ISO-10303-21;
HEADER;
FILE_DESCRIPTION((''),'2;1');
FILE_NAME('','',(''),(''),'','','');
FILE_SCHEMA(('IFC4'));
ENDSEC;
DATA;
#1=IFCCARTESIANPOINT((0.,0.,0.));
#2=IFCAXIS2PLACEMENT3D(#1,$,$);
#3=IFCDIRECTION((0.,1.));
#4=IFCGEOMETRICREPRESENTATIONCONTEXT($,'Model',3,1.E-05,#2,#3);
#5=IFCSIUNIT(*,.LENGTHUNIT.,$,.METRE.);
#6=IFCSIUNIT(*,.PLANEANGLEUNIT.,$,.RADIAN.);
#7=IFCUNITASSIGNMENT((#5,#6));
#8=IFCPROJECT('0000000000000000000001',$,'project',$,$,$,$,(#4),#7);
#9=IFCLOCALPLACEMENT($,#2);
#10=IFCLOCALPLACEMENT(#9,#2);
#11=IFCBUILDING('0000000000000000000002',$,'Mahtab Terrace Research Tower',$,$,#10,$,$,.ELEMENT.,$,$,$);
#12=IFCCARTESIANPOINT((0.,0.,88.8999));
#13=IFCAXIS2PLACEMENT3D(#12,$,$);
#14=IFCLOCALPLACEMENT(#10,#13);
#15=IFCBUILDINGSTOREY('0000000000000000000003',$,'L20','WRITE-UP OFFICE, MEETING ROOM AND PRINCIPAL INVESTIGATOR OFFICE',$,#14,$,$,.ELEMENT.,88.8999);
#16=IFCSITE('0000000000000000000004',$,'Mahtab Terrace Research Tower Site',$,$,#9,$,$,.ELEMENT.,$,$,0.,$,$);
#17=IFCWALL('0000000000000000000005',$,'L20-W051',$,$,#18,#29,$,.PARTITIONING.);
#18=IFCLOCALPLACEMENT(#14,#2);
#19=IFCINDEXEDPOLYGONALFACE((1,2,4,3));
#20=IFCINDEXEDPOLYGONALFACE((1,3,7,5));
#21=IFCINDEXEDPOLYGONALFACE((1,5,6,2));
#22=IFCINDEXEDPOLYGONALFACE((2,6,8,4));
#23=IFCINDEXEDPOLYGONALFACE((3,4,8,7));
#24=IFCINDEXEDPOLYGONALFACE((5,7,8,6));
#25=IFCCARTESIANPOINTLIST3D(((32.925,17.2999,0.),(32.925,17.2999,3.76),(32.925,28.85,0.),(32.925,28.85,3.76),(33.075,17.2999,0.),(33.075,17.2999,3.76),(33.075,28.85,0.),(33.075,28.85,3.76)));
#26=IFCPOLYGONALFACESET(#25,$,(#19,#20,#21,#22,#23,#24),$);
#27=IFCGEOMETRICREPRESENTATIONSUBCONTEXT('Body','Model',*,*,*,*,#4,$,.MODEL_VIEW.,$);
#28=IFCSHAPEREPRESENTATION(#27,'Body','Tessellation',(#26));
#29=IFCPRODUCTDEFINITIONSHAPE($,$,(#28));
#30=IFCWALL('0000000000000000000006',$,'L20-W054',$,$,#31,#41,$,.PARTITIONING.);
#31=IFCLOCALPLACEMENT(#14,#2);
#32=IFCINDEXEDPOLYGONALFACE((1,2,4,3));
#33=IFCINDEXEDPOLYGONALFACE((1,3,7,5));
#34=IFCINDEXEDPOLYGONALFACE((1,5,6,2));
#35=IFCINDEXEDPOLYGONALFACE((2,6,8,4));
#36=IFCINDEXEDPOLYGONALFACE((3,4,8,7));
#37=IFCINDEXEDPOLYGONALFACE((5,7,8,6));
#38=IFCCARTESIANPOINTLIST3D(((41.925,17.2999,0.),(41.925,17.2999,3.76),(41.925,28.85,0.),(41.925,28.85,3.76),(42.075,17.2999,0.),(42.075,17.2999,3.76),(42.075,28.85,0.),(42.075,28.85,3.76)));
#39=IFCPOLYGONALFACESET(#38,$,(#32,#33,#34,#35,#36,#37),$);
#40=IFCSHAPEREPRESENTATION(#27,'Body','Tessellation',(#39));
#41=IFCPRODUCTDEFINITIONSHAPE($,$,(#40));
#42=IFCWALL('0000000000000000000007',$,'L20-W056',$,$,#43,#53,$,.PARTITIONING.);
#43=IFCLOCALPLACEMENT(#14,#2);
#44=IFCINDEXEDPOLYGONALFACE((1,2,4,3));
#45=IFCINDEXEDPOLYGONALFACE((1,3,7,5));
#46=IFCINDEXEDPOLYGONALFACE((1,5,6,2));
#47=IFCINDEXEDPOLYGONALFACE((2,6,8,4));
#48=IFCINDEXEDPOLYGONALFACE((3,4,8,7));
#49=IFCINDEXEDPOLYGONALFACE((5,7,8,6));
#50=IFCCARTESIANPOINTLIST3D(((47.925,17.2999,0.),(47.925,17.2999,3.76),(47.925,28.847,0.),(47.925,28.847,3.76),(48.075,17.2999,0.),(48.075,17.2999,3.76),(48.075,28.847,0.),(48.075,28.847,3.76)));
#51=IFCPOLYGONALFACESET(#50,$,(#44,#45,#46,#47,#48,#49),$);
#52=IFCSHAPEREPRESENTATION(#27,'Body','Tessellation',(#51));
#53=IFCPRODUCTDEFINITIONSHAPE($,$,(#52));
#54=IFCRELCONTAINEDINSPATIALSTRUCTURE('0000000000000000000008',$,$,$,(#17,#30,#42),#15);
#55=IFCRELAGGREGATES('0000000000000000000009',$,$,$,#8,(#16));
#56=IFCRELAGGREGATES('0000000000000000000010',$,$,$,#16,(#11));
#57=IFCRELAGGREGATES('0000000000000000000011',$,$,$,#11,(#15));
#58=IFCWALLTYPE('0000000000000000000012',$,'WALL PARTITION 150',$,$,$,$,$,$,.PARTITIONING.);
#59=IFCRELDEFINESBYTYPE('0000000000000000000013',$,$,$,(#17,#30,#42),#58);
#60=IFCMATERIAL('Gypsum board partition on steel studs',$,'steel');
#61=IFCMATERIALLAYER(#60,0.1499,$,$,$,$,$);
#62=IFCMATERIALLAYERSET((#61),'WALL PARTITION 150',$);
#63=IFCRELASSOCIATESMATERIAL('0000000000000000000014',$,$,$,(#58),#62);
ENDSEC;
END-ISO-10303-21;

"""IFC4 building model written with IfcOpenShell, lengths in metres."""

from ifc_helpers import new_model, si_unit, direction, frame, frame_2d, origin, place, context, subcontext, project, spatial, rectangle, extrude, material, layer, layer_set, type_object, element, save


model = new_model("IFC4")

# Units and contexts
model_context = context("Model", 3, precision=1e-05, world=origin(), true_north=direction((0.0, 1.0)))
body_context = subcontext(model_context, "Body", "Model", "MODEL_VIEW")
ifc_project = project(units=[si_unit("LENGTHUNIT", "METRE"), si_unit("PLANEANGLEUNIT", "RADIAN")], contexts=[model_context])

# Site, building, storey
site_placement = place(None, origin())
site = spatial("IfcSite", under=ifc_project, at=site_placement, Name="Mahtab Terrace Research Tower Site", CompositionType="ELEMENT", RefElevation=0.0)
building_placement = place(site_placement, origin())
building = spatial("IfcBuilding", under=site, at=building_placement, Name="Mahtab Terrace Research Tower", CompositionType="ELEMENT")
storey_placement = place(building_placement, frame((0.0, 0.0, 88.8999)))
storey = spatial("IfcBuildingStorey", under=building, at=storey_placement, Name="L20", Description="WRITE-UP OFFICE, MEETING ROOM AND PRINCIPAL INVESTIGATOR OFFICE", CompositionType="ELEMENT", Elevation=88.8999)

# Walls
ifc_material_1 = material(Name="Gypsum board partition on steel studs", Category="steel")
ifc_layer_1 = layer(ifc_material_1, 0.1499)
ifc_layer_set_1 = layer_set([ifc_layer_1], Name="WALL PARTITION 150")
wall_type_1 = type_object("IfcWallType", Name="WALL PARTITION 150", PredefinedType="PARTITIONING", material=ifc_layer_set_1)
for number, where, z_axis, x_axis, name in (
    (1, (33.0, 17.3, 0.0), (0.0, 0.0, 1.0), (0.0, 1.0, 0.0), "L20-W051"),
    (2, (42.0, 17.3, 0.0), (0.0, 0.0, 1.0), (0.0, 1.0, 0.0), "L20-W054"),
):
    element("IfcWall", number, at=place(storey_placement, frame(where, z_axis=z_axis, x_axis=x_axis)), inside=storey, type_object=wall_type_1, Name=name, PredefinedType="PARTITIONING", context=body_context, shape_type="SweptSolid", body=[
        extrude(rectangle(XDim=11.55, YDim=0.1499, at=frame_2d((5.7749, 0.0))), origin(), (0.0, 0.0, 1.0), 3.76),
    ])
wall_1_placement = place(storey_placement, frame((48.0, 17.3, 0.0), z_axis=(0.0, 0.0, 1.0), x_axis=(0.0, 1.0, 0.0)))
element("IfcWall", 3, at=wall_1_placement, inside=storey, type_object=wall_type_1, Name="L20-W056", PredefinedType="PARTITIONING", context=body_context, shape_type="SweptSolid", body=[
    extrude(rectangle(XDim=11.5471, YDim=0.1499, at=frame_2d((5.7734, 0.0))), origin(), (0.0, 0.0, 1.0), 3.76),
])

save(model, "model.ifc")
